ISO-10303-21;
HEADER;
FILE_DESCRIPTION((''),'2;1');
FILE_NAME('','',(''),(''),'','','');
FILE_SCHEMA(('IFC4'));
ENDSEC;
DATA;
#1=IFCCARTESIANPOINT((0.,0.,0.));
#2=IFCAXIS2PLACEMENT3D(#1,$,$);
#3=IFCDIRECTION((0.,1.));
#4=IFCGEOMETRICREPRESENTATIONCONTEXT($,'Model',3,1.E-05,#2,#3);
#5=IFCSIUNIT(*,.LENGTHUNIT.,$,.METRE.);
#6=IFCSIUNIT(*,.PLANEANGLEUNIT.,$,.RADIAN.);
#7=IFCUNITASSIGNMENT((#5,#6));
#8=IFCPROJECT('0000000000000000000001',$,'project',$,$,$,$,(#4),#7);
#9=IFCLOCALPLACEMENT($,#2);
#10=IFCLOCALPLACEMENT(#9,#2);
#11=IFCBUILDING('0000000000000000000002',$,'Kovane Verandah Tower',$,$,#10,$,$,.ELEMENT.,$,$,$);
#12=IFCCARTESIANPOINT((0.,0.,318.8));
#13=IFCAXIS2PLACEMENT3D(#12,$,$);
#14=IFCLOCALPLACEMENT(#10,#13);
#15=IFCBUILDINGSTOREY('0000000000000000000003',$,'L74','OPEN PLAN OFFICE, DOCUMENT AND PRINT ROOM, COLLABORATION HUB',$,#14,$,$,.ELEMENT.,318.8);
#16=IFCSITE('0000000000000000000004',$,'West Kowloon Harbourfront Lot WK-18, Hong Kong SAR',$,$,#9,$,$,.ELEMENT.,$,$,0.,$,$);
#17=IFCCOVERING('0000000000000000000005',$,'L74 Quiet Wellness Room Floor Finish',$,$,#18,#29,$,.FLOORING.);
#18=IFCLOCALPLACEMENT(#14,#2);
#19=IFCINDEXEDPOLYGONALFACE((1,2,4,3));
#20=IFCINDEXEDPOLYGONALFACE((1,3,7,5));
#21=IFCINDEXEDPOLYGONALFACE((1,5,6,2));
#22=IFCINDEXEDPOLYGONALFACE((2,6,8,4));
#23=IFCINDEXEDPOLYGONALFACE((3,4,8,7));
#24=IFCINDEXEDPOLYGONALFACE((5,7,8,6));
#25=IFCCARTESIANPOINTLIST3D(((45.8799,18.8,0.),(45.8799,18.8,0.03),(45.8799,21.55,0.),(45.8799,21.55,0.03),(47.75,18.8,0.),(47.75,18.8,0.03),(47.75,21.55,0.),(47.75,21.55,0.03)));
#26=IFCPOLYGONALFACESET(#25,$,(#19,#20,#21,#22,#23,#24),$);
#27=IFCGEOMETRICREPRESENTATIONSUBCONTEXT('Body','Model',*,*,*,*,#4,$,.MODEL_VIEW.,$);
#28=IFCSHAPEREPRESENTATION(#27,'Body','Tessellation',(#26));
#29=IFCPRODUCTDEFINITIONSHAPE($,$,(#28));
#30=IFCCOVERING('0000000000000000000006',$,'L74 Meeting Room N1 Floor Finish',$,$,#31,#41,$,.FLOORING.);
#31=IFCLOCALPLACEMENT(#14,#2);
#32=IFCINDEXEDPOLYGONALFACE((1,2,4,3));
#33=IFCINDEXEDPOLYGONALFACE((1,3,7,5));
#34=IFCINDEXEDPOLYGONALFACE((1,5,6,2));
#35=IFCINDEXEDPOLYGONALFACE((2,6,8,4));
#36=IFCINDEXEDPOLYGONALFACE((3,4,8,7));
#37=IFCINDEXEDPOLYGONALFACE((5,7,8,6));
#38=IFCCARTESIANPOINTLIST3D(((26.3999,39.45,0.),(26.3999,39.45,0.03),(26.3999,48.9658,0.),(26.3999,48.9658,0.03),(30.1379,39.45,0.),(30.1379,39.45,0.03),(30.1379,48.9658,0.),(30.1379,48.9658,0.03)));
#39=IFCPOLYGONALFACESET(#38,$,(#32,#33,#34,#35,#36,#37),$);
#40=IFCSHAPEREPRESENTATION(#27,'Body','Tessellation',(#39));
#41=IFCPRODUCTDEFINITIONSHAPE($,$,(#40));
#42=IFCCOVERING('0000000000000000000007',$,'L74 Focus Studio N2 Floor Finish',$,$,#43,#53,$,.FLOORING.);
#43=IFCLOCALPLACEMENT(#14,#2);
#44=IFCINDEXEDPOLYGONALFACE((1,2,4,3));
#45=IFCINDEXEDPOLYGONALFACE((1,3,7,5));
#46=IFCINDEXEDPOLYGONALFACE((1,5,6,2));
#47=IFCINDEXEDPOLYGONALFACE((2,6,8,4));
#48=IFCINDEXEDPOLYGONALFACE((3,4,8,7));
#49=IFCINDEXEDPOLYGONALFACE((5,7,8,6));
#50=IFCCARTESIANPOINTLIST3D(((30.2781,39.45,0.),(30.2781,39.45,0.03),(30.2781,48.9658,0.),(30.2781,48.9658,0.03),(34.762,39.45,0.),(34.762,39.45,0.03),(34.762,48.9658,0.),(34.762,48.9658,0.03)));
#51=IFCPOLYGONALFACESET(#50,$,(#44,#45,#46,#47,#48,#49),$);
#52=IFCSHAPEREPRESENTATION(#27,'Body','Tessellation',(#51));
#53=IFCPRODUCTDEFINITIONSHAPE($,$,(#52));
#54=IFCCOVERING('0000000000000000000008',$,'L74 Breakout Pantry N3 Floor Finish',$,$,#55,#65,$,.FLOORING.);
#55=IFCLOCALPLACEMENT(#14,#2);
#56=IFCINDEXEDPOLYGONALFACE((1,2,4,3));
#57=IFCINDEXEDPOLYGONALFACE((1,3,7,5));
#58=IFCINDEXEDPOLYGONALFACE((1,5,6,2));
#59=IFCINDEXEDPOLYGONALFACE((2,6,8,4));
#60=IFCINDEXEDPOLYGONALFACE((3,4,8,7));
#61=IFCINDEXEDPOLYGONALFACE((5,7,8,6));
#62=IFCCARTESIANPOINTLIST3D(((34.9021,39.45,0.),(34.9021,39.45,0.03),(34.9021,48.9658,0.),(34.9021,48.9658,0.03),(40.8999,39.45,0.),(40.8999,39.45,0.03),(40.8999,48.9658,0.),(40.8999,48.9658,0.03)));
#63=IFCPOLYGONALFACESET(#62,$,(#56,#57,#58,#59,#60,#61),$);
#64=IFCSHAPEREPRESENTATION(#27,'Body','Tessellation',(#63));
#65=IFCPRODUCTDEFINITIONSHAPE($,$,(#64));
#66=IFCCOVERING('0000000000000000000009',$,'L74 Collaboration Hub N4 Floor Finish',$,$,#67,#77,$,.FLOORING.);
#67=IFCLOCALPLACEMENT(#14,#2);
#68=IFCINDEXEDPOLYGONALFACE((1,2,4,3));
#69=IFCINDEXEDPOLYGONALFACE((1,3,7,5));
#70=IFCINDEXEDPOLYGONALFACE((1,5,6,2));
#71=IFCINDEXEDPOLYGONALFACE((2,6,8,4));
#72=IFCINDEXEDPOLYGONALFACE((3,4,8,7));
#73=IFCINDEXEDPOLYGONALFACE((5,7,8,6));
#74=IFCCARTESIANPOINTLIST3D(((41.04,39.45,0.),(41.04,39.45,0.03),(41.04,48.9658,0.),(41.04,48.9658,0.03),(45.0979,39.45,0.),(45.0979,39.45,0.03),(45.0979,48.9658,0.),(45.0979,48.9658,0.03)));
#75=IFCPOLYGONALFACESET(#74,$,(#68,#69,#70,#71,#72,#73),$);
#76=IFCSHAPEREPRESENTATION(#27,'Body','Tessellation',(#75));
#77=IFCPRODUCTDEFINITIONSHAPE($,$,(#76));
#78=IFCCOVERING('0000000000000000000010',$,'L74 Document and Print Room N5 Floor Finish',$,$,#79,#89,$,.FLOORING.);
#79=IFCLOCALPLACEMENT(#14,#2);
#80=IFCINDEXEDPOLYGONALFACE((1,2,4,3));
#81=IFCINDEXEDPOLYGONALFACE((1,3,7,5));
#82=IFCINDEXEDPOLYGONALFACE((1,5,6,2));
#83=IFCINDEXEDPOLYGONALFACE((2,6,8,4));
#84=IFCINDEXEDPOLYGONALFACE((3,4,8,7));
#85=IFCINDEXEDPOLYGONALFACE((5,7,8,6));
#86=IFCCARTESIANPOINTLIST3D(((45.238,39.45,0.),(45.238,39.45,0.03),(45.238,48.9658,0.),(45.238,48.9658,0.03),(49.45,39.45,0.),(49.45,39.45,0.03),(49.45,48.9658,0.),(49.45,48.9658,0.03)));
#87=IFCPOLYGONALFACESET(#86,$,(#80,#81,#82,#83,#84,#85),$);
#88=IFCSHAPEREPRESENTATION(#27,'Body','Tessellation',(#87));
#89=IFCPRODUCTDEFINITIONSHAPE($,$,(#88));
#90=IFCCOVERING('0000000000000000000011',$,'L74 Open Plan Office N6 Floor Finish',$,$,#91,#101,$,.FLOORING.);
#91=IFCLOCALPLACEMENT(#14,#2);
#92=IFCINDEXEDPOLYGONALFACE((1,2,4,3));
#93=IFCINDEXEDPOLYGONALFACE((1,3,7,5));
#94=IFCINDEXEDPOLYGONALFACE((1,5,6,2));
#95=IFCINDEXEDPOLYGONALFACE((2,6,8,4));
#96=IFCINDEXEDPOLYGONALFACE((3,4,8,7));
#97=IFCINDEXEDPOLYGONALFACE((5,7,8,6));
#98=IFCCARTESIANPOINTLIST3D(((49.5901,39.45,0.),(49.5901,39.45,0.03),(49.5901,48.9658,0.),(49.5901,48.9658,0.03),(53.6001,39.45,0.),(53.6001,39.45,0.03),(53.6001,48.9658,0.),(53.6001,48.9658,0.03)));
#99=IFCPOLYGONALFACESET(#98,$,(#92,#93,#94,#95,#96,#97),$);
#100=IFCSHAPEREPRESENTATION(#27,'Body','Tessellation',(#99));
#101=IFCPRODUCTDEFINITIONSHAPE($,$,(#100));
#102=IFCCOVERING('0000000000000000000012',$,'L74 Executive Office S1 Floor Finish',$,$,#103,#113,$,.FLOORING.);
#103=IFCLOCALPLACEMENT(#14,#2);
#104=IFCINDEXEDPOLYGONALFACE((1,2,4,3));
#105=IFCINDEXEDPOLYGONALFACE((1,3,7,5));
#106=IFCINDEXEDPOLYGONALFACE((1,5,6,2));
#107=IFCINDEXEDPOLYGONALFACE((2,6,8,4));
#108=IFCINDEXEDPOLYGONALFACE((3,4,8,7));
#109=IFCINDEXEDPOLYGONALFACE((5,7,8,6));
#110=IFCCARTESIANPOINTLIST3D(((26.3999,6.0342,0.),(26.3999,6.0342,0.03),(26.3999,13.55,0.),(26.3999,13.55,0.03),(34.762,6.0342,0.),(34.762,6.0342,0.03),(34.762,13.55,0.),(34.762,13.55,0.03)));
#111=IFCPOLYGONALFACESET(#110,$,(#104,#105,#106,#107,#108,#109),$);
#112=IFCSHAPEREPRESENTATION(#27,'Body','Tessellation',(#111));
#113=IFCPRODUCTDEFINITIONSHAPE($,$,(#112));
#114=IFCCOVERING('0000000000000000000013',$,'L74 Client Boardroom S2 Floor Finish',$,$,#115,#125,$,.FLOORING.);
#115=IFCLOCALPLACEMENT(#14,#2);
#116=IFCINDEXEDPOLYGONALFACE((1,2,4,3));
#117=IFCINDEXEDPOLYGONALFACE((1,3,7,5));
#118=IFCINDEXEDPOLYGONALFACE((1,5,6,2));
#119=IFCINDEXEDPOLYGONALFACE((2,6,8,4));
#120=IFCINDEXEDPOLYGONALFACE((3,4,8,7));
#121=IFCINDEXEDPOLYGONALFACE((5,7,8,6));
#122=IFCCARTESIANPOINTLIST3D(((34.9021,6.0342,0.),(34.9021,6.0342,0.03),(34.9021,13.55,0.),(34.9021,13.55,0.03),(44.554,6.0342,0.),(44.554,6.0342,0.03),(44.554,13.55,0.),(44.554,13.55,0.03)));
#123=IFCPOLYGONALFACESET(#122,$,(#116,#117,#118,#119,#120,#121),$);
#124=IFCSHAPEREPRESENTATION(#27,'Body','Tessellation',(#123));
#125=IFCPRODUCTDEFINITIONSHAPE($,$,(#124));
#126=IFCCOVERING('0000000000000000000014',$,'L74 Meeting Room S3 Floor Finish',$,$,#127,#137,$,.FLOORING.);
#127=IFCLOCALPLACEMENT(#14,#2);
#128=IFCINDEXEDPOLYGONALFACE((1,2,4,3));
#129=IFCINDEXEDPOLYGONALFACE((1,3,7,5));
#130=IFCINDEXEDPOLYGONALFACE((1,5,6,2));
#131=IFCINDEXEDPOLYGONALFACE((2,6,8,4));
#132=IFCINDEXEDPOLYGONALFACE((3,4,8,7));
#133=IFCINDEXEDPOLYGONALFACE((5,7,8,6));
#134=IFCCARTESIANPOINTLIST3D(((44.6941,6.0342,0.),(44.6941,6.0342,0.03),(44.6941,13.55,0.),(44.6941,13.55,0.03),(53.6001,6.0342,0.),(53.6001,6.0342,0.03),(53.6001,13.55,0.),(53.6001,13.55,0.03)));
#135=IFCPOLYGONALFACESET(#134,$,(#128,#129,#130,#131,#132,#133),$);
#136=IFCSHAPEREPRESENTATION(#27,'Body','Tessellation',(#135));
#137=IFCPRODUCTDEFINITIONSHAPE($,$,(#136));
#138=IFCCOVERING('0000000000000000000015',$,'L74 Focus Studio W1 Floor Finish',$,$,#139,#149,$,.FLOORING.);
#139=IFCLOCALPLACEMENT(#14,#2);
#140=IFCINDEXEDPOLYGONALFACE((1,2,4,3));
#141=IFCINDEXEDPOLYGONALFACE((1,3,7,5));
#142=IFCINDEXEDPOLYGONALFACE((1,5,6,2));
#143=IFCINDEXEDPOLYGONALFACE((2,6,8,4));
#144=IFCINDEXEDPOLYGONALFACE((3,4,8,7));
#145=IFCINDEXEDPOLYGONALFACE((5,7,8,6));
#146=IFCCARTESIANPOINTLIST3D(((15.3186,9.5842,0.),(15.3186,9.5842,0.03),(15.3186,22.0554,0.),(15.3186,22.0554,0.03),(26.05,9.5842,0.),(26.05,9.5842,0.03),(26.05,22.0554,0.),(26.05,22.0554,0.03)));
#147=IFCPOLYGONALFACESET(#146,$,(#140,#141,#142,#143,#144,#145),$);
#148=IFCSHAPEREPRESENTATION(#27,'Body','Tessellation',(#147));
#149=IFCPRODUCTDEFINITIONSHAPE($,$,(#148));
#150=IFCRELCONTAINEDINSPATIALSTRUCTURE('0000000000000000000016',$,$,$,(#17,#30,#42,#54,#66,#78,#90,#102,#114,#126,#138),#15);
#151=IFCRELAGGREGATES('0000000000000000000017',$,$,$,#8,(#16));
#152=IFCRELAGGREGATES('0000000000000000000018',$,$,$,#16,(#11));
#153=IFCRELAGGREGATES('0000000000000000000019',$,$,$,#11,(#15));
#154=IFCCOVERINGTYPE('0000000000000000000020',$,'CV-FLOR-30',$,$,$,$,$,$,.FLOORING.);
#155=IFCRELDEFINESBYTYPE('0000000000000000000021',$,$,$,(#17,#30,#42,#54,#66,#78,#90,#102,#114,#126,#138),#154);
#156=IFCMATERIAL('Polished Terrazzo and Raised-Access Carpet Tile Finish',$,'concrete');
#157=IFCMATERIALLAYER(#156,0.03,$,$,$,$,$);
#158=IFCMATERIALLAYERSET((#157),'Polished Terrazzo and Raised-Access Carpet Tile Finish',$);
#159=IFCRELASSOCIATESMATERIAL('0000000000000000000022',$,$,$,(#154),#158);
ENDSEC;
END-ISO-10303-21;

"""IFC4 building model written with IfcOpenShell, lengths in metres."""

from ifc_helpers import new_model, si_unit, direction, frame, origin, place, context, subcontext, project, spatial, polyline, outline, extrude, material, layer, layer_set, type_object, element, save


model = new_model("IFC4")

# Units and contexts
model_context = context("Model", 3, precision=1e-05, world=origin(), true_north=direction((0.0, 1.0)))
body_context = subcontext(model_context, "Body", "Model", "MODEL_VIEW")
ifc_project = project(units=[si_unit("LENGTHUNIT", "METRE"), si_unit("PLANEANGLEUNIT", "RADIAN")], contexts=[model_context])

# Site, building, storey
site_placement = place(None, origin())
site = spatial("IfcSite", under=ifc_project, at=site_placement, Name="West Kowloon Harbourfront Lot WK-18, Hong Kong SAR", CompositionType="ELEMENT", RefElevation=0.0)
building_placement = place(site_placement, origin())
building = spatial("IfcBuilding", under=site, at=building_placement, Name="Kovane Verandah Tower", CompositionType="ELEMENT")
storey_placement = place(building_placement, frame((0.0, 0.0, 318.8)))
storey = spatial("IfcBuildingStorey", under=building, at=storey_placement, Name="L74", Description="OPEN PLAN OFFICE, DOCUMENT AND PRINT ROOM, COLLABORATION HUB", CompositionType="ELEMENT", Elevation=318.8)

# Coverings
ifc_material_1 = material(Name="Polished Terrazzo and Raised-Access Carpet Tile Finish", Category="concrete")
ifc_layer_1 = layer(ifc_material_1, 0.03)
ifc_layer_set_1 = layer_set([ifc_layer_1], Name="Polished Terrazzo and Raised-Access Carpet Tile Finish")
covering_type = type_object("IfcCoveringType", Name="CV-FLOR-30", PredefinedType="FLOORING", material=ifc_layer_set_1)
covering_1_placement = place(storey_placement, origin())
element("IfcCovering", 1, at=covering_1_placement, inside=storey, type_object=covering_type, Name="L74 Quiet Wellness Room Floor Finish", PredefinedType="FLOORING", context=body_context, shape_type="SweptSolid", body=[
    extrude(outline(polyline([(45.8799, 18.8), (47.75, 18.8), (47.75, 21.55), (45.8799, 21.55), (45.8799, 18.8)])), origin(), (0.0, 0.0, 1.0), 0.03),
])
covering_2_placement = place(storey_placement, origin())
element("IfcCovering", 2, at=covering_2_placement, inside=storey, type_object=covering_type, Name="L74 Meeting Room N1 Floor Finish", PredefinedType="FLOORING", context=body_context, shape_type="SweptSolid", body=[
    extrude(outline(polyline([(26.3999, 39.45), (30.1379, 39.45), (30.1379, 48.9658), (26.3999, 48.9658), (26.3999, 39.45)])), origin(), (0.0, 0.0, 1.0), 0.03),
])
covering_3_placement = place(storey_placement, origin())
element("IfcCovering", 3, at=covering_3_placement, inside=storey, type_object=covering_type, Name="L74 Focus Studio N2 Floor Finish", PredefinedType="FLOORING", context=body_context, shape_type="SweptSolid", body=[
    extrude(outline(polyline([(30.2781, 39.45), (34.762, 39.45), (34.762, 48.9658), (30.2781, 48.9658), (30.2781, 39.45)])), origin(), (0.0, 0.0, 1.0), 0.03),
])
covering_4_placement = place(storey_placement, origin())
element("IfcCovering", 4, at=covering_4_placement, inside=storey, type_object=covering_type, Name="L74 Breakout Pantry N3 Floor Finish", PredefinedType="FLOORING", context=body_context, shape_type="SweptSolid", body=[
    extrude(outline(polyline([(34.9021, 39.45), (40.8999, 39.45), (40.8999, 48.9658), (34.9021, 48.9658), (34.9021, 39.45)])), origin(), (0.0, 0.0, 1.0), 0.03),
])
covering_5_placement = place(storey_placement, origin())
element("IfcCovering", 5, at=covering_5_placement, inside=storey, type_object=covering_type, Name="L74 Collaboration Hub N4 Floor Finish", PredefinedType="FLOORING", context=body_context, shape_type="SweptSolid", body=[
    extrude(outline(polyline([(41.04, 39.45), (45.0979, 39.45), (45.0979, 48.9658), (41.04, 48.9658), (41.04, 39.45)])), origin(), (0.0, 0.0, 1.0), 0.03),
])
covering_6_placement = place(storey_placement, origin())
element("IfcCovering", 6, at=covering_6_placement, inside=storey, type_object=covering_type, Name="L74 Document and Print Room N5 Floor Finish", PredefinedType="FLOORING", context=body_context, shape_type="SweptSolid", body=[
    extrude(outline(polyline([(45.238, 39.45), (49.45, 39.45), (49.45, 48.9658), (45.238, 48.9658), (45.238, 39.45)])), origin(), (0.0, 0.0, 1.0), 0.03),
])
covering_7_placement = place(storey_placement, origin())
element("IfcCovering", 7, at=covering_7_placement, inside=storey, type_object=covering_type, Name="L74 Open Plan Office N6 Floor Finish", PredefinedType="FLOORING", context=body_context, shape_type="SweptSolid", body=[
    extrude(outline(polyline([(49.5901, 39.45), (53.6001, 39.45), (53.6001, 48.9658), (49.5901, 48.9658), (49.5901, 39.45)])), origin(), (0.0, 0.0, 1.0), 0.03),
])
covering_8_placement = place(storey_placement, origin())
element("IfcCovering", 8, at=covering_8_placement, inside=storey, type_object=covering_type, Name="L74 Executive Office S1 Floor Finish", PredefinedType="FLOORING", context=body_context, shape_type="SweptSolid", body=[
    extrude(outline(polyline([(26.3999, 6.0342), (34.762, 6.0342), (34.762, 13.55), (26.3999, 13.55), (26.3999, 6.0342)])), origin(), (0.0, 0.0, 1.0), 0.03),
])
covering_9_placement = place(storey_placement, origin())
element("IfcCovering", 9, at=covering_9_placement, inside=storey, type_object=covering_type, Name="L74 Client Boardroom S2 Floor Finish", PredefinedType="FLOORING", context=body_context, shape_type="SweptSolid", body=[
    extrude(outline(polyline([(34.9021, 6.0342), (44.554, 6.0342), (44.554, 13.55), (34.9021, 13.55), (34.9021, 6.0342)])), origin(), (0.0, 0.0, 1.0), 0.03),
])
covering_10_placement = place(storey_placement, origin())
element("IfcCovering", 10, at=covering_10_placement, inside=storey, type_object=covering_type, Name="L74 Meeting Room S3 Floor Finish", PredefinedType="FLOORING", context=body_context, shape_type="SweptSolid", body=[
    extrude(outline(polyline([(44.6941, 6.0342), (53.6001, 6.0342), (53.6001, 13.55), (44.6941, 13.55), (44.6941, 6.0342)])), origin(), (0.0, 0.0, 1.0), 0.03),
])
covering_11_placement = place(storey_placement, origin())
element("IfcCovering", 11, at=covering_11_placement, inside=storey, type_object=covering_type, Name="L74 Focus Studio W1 Floor Finish", PredefinedType="FLOORING", context=body_context, shape_type="SweptSolid", body=[
    extrude(outline(polyline([(15.3186, 9.5842), (26.05, 9.5842), (26.05, 22.0554), (15.3186, 22.0554), (15.3186, 9.5842)])), origin(), (0.0, 0.0, 1.0), 0.03),
])

save(model, "model.ifc")
